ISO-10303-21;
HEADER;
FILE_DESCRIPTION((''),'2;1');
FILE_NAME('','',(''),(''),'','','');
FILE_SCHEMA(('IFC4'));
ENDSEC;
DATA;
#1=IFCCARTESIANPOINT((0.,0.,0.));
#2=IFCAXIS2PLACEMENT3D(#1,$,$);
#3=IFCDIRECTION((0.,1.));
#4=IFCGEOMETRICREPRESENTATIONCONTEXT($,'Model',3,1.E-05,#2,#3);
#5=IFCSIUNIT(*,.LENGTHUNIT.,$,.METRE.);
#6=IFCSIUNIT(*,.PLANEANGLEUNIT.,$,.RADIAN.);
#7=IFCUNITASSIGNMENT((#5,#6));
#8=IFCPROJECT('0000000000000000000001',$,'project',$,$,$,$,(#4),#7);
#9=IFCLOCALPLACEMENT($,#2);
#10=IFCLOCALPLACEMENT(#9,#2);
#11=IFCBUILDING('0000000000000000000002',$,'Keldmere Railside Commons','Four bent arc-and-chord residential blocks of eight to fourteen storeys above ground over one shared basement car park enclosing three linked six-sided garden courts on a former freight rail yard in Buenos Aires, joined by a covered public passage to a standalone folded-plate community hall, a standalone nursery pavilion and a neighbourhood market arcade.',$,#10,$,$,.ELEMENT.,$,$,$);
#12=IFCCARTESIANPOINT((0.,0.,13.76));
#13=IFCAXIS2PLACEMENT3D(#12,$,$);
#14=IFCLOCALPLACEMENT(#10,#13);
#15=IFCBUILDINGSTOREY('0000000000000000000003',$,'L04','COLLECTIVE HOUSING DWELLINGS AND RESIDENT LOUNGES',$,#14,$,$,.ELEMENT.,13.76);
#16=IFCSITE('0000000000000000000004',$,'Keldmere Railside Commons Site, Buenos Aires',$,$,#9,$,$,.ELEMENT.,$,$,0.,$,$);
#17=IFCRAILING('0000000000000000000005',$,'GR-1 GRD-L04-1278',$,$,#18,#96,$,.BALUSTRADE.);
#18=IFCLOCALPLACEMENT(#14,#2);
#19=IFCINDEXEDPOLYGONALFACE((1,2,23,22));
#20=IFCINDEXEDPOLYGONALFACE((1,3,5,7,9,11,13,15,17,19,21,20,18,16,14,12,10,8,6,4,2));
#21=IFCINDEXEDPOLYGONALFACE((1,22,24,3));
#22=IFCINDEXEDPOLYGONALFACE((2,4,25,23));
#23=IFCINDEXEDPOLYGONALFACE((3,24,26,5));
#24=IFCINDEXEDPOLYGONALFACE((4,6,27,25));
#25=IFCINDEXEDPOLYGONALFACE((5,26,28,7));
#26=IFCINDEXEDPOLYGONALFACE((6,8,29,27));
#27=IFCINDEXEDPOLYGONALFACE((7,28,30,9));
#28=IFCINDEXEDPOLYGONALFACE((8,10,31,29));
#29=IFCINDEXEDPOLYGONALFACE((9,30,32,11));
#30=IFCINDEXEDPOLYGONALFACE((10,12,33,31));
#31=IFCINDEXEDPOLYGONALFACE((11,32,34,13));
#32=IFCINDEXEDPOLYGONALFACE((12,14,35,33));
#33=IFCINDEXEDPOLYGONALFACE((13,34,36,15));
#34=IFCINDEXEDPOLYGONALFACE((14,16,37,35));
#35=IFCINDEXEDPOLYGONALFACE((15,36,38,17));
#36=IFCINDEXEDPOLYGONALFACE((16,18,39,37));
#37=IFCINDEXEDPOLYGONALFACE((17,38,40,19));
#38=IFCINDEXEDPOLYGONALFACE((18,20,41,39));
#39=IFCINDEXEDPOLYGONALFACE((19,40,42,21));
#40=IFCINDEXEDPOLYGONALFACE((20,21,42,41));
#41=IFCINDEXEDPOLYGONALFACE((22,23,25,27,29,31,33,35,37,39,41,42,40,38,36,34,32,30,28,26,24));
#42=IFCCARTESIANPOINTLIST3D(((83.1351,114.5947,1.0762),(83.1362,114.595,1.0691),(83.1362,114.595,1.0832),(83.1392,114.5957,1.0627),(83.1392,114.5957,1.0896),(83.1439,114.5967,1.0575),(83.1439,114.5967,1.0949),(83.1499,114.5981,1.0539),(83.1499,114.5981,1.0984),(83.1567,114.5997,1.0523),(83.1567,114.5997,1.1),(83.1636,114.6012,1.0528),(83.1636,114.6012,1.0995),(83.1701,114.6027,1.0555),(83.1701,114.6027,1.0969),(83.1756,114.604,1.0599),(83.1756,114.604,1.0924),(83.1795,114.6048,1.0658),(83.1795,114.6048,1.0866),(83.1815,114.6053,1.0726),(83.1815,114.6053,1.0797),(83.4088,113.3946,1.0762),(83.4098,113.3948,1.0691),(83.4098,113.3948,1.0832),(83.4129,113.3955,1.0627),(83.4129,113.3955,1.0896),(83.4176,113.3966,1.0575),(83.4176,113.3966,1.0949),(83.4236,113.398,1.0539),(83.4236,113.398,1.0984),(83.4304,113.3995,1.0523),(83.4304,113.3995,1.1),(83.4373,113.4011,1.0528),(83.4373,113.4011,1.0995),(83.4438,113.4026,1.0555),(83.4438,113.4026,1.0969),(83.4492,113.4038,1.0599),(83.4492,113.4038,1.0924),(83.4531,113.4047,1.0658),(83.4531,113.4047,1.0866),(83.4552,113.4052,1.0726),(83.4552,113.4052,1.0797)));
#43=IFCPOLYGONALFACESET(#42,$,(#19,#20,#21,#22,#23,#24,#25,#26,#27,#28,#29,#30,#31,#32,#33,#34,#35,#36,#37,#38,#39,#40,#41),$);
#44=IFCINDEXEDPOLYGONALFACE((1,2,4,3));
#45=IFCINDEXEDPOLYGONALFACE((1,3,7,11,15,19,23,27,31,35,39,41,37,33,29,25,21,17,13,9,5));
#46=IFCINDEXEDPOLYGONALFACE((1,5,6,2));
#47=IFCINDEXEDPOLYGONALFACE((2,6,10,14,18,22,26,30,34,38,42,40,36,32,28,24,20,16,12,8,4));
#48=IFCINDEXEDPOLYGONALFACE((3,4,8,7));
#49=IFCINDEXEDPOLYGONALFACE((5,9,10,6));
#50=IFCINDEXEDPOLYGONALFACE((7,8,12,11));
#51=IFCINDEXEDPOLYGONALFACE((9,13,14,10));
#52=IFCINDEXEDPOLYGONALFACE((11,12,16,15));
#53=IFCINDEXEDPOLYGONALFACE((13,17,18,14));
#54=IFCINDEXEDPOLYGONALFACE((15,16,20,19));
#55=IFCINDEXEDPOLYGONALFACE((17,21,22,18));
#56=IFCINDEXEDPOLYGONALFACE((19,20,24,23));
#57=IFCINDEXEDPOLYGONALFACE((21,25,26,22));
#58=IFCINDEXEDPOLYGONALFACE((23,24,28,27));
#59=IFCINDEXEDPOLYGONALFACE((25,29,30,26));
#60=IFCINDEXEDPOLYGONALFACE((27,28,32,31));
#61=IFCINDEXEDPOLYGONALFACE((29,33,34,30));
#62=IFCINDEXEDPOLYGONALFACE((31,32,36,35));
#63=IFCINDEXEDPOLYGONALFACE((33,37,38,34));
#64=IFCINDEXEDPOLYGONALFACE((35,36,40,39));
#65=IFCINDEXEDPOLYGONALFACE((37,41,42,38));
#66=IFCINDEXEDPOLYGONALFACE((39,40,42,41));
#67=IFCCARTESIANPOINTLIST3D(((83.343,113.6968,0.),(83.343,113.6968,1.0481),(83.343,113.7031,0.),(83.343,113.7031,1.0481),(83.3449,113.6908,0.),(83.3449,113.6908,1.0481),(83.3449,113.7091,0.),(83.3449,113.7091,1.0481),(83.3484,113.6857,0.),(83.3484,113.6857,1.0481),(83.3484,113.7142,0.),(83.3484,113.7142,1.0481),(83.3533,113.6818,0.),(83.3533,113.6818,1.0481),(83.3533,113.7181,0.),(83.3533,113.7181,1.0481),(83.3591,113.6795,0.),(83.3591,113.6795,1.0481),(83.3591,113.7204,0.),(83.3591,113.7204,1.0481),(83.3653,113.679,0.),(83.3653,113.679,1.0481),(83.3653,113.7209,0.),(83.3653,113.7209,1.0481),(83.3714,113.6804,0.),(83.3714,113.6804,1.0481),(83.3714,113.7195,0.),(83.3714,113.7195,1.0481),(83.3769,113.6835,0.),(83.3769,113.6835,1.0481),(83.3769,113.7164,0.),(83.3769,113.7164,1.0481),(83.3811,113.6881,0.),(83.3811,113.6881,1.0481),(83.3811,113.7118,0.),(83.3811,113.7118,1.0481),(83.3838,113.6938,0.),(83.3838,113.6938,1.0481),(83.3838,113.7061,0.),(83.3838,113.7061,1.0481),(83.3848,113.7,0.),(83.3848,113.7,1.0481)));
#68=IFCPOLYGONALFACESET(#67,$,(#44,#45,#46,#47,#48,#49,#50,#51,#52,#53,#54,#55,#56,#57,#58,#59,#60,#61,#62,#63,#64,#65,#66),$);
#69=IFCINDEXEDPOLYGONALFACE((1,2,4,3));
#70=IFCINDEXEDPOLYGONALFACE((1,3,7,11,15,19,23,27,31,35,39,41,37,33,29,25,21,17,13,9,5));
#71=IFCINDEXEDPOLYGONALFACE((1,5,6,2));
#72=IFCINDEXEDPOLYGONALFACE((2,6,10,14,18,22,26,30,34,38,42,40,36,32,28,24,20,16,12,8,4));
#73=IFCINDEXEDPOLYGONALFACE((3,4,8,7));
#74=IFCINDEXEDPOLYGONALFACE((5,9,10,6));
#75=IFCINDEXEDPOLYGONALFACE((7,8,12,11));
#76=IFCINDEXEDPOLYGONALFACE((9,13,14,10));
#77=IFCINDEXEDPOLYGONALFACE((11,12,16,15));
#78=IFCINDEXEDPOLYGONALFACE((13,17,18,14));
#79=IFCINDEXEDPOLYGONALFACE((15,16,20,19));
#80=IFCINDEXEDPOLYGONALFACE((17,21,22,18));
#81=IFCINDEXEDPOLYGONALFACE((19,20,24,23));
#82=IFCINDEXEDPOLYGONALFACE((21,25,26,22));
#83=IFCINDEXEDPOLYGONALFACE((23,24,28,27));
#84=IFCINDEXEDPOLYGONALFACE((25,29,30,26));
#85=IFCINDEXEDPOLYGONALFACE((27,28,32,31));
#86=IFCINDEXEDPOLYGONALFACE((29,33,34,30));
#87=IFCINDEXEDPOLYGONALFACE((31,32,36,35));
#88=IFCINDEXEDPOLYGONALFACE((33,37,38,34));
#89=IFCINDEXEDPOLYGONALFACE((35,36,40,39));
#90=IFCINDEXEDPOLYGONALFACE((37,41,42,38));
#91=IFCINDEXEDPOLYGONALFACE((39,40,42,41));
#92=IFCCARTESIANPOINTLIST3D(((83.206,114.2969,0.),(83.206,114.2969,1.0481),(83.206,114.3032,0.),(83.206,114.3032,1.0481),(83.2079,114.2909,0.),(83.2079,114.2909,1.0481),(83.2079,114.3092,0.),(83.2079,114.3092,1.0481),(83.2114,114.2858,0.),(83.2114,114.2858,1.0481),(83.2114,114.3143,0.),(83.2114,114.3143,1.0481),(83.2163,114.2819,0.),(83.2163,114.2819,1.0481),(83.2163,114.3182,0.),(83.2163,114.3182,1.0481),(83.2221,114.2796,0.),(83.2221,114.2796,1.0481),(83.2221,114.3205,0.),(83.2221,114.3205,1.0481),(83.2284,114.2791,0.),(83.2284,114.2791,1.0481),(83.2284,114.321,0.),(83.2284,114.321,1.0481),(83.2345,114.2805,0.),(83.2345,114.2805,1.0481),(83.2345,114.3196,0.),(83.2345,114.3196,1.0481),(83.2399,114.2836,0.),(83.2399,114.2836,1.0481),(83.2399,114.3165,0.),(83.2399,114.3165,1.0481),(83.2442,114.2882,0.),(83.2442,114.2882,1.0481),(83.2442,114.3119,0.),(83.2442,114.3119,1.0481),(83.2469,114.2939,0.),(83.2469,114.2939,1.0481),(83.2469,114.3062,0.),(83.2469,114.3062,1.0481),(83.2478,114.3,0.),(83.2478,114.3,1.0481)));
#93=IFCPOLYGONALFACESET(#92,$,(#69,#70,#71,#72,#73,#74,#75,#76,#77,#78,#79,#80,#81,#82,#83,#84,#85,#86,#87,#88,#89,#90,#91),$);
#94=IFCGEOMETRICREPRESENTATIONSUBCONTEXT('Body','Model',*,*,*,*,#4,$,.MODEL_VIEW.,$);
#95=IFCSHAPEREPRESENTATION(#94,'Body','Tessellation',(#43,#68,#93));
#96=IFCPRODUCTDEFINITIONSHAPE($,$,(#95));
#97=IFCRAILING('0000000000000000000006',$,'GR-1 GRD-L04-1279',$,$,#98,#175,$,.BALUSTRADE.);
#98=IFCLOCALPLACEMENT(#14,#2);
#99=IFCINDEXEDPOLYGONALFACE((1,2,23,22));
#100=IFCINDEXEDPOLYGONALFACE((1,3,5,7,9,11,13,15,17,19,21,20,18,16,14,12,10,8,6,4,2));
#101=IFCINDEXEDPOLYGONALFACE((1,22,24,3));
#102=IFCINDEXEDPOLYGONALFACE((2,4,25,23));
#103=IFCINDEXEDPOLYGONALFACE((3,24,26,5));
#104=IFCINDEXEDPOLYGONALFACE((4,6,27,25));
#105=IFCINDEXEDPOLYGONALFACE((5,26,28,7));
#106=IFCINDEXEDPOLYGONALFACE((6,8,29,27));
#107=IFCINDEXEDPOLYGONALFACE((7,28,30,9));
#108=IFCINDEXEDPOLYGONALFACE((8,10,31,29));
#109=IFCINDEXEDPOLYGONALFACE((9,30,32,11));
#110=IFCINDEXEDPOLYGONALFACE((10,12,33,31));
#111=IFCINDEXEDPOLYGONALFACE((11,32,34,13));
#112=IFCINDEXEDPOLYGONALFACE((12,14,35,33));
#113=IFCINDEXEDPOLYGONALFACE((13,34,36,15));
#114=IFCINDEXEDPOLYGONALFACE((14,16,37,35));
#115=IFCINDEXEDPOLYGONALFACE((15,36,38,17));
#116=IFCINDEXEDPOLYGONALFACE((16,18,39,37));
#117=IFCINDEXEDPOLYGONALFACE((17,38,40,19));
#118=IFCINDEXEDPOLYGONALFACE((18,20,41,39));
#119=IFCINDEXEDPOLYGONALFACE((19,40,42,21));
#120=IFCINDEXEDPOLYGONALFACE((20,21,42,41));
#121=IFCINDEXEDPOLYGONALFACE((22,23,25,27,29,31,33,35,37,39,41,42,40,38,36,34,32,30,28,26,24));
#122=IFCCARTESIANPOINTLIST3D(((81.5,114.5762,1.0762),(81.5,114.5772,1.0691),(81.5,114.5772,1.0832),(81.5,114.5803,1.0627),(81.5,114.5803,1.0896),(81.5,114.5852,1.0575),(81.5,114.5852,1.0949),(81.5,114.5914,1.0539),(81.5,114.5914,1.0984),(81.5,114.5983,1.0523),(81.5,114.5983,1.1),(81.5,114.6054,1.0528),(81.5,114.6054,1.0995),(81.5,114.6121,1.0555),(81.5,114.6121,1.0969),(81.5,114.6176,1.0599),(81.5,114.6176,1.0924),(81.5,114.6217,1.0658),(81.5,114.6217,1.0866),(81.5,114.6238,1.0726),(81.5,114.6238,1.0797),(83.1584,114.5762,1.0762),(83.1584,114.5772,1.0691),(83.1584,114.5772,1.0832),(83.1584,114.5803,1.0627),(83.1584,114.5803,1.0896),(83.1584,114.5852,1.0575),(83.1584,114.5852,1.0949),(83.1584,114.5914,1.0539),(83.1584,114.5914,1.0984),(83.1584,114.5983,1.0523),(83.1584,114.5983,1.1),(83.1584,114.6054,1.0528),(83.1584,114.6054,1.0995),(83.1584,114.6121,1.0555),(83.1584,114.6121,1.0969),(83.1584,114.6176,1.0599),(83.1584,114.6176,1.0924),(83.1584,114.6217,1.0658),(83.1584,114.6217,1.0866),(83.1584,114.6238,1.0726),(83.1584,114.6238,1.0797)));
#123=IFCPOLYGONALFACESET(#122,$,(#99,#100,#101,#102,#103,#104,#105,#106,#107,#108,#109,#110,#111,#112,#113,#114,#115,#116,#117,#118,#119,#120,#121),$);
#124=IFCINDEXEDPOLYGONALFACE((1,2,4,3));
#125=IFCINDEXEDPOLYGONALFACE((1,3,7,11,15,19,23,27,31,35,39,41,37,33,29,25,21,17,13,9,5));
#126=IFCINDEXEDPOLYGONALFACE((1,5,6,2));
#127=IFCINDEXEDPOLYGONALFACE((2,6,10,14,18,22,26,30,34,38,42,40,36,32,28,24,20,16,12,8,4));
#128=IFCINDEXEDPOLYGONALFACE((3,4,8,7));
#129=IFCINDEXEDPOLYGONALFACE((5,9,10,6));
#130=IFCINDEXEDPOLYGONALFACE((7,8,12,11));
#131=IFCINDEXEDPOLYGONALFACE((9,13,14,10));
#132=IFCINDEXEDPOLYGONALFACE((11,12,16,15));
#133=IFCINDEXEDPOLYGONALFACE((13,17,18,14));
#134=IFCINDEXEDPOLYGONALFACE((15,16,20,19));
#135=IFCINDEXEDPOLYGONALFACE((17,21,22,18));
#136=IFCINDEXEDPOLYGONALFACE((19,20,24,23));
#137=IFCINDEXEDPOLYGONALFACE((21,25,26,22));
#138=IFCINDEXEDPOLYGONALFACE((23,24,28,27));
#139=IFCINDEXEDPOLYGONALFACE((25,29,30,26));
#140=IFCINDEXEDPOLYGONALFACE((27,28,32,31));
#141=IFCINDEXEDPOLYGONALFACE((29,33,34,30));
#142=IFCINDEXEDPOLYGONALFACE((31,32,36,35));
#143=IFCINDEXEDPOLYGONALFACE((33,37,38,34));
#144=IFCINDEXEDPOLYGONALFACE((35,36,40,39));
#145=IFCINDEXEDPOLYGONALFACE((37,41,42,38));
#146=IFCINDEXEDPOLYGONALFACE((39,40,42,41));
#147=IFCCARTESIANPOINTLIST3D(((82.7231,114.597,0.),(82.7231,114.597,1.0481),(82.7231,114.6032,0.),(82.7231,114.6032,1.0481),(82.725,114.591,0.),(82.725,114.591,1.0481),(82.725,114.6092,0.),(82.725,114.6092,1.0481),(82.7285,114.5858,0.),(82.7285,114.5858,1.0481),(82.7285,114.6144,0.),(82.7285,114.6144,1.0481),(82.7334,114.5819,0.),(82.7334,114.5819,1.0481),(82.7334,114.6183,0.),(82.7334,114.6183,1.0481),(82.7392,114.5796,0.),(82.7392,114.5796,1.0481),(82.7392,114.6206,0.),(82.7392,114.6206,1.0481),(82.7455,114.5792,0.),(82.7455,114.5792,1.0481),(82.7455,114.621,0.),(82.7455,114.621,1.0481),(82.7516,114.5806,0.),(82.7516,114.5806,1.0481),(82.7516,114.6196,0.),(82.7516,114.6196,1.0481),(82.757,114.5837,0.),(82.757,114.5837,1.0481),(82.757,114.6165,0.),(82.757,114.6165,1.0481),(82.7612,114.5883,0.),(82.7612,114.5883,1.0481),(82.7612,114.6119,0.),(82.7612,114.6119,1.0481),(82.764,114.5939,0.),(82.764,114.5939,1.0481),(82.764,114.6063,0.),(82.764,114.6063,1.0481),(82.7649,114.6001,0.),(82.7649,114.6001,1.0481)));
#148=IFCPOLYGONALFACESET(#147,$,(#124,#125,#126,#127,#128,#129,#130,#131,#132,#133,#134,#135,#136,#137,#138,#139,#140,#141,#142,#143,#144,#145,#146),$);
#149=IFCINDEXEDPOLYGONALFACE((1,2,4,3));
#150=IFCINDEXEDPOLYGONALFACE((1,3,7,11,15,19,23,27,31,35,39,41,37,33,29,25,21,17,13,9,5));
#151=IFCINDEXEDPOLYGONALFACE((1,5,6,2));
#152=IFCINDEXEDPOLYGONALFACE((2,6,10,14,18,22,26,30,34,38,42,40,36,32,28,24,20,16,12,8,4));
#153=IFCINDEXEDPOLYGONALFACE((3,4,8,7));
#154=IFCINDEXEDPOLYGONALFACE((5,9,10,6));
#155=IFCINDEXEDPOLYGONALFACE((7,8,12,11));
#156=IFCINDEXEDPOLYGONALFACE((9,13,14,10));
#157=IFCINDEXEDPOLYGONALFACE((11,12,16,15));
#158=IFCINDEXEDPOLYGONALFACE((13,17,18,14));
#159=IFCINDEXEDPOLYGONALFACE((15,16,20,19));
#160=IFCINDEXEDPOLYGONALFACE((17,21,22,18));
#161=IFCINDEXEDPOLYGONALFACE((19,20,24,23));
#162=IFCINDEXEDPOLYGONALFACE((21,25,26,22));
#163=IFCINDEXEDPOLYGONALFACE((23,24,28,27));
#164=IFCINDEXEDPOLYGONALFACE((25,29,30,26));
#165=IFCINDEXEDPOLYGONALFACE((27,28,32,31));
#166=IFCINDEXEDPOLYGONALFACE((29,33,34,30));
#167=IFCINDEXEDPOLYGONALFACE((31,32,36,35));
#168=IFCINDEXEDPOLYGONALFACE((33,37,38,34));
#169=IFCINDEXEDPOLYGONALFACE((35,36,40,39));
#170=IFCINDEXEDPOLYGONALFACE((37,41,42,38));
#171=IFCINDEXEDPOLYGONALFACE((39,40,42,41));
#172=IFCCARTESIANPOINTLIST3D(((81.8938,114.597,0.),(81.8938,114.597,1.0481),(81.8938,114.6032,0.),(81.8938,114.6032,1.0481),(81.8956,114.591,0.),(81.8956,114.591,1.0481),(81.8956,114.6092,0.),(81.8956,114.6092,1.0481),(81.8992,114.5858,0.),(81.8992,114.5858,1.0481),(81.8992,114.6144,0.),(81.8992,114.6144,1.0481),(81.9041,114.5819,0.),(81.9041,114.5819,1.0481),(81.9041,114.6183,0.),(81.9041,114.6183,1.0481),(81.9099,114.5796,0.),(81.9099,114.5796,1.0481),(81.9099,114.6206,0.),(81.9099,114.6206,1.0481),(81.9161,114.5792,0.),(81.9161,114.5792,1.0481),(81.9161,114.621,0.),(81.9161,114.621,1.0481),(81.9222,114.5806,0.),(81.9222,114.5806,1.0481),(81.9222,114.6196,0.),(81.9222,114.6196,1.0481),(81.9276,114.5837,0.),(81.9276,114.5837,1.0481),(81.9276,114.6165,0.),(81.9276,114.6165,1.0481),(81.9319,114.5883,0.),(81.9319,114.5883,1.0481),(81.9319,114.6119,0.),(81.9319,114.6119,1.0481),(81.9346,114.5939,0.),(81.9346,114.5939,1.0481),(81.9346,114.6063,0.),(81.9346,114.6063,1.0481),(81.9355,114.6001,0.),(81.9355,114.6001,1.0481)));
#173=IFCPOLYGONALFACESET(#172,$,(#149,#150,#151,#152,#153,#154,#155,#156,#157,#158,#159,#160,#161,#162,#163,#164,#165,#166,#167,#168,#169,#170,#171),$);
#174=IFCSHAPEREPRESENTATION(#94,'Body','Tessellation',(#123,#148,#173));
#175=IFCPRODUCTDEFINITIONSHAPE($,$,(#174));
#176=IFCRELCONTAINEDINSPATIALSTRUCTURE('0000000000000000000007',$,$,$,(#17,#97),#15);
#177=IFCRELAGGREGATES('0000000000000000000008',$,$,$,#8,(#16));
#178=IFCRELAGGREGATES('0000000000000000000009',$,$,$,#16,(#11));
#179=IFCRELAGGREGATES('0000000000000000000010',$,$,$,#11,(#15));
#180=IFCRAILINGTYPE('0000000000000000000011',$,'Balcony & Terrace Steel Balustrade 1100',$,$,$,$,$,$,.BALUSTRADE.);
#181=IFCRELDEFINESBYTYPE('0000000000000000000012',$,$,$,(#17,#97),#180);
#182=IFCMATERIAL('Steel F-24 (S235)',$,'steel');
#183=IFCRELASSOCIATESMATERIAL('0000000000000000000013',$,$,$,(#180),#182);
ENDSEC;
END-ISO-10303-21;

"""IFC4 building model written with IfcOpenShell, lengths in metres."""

from ifc_helpers import new_model, si_unit, direction, frame, origin, origin_2d, place, context, subcontext, project, spatial, circle, extrude, material, type_object, element, save


model = new_model("IFC4")

# Units and contexts
model_context = context("Model", 3, precision=1e-05, world=origin(), true_north=direction((0.0, 1.0)))
body_context = subcontext(model_context, "Body", "Model", "MODEL_VIEW")
ifc_project = project(units=[si_unit("LENGTHUNIT", "METRE"), si_unit("PLANEANGLEUNIT", "RADIAN")], contexts=[model_context])

# Site, building, storey
site_placement = place(None, origin())
site = spatial("IfcSite", under=ifc_project, at=site_placement, Name="Keldmere Railside Commons Site, Buenos Aires", CompositionType="ELEMENT", RefElevation=0.0)
building_placement = place(site_placement, origin())
building = spatial("IfcBuilding", under=site, at=building_placement, Name="Keldmere Railside Commons", Description="Four bent arc-and-chord residential blocks of eight to fourteen storeys above ground over one shared basement car park enclosing three linked six-sided garden courts on a former freight rail yard in Buenos Aires, joined by a covered public passage to a standalone folded-plate community hall, a standalone nursery pavilion and a neighbourhood market arcade.", CompositionType="ELEMENT")
storey_placement = place(building_placement, frame((0.0, 0.0, 13.76)))
storey = spatial("IfcBuildingStorey", under=building, at=storey_placement, Name="L04", Description="COLLECTIVE HOUSING DWELLINGS AND RESIDENT LOUNGES", CompositionType="ELEMENT", Elevation=13.76)

# Railings
ifc_material = material(Name="Steel F-24 (S235)", Category="steel")
railing_type = type_object("IfcRailingType", Name="Balcony & Terrace Steel Balustrade 1100", PredefinedType="BALUSTRADE", material=ifc_material)
railing_1_placement = place(storey_placement, frame((83.4321, 113.3999, 0.0)))
element("IfcRailing", 1, at=railing_1_placement, inside=storey, type_object=railing_type, Name="GR-1 GRD-L04-1278", PredefinedType="BALUSTRADE", context=body_context, shape_type="SweptSolid", body=[
    extrude(circle(Radius=0.0239, at=origin_2d()), frame((0.0, 0.0, 1.0762), z_axis=(-0.222324, 0.974973, 0.0), x_axis=(-0.974973, -0.222324, 0.0)), (0.0, 0.0, 1.0), 1.231),
    extrude(circle(Radius=0.021, at=origin_2d()), frame((-0.0684, 0.3, 0.0)), (0.0, 0.0, 1.0), 1.0481),
    extrude(circle(Radius=0.021, at=origin_2d()), frame((-0.2053, 0.9001, 0.0)), (0.0, 0.0, 1.0), 1.0481),
])
railing_2_placement = place(storey_placement, frame((83.1584, 114.6001, 0.0)))
element("IfcRailing", 2, at=railing_2_placement, inside=storey, type_object=railing_type, Name="GR-1 GRD-L04-1279", PredefinedType="BALUSTRADE", context=body_context, shape_type="SweptSolid", body=[
    extrude(circle(Radius=0.0239, at=origin_2d()), frame((0.0, 0.0, 1.0762), z_axis=(-1.0, 0.0, 0.0), x_axis=(0.0, -1.0, 0.0)), (0.0, 0.0, 1.0), 1.6584),
    extrude(circle(Radius=0.021, at=origin_2d()), frame((-0.4146, 0.0, 0.0)), (0.0, 0.0, 1.0), 1.0481),
    extrude(circle(Radius=0.021, at=origin_2d()), frame((-1.2439, 0.0, 0.0)), (0.0, 0.0, 1.0), 1.0481),
])

save(model, "model.ifc")
